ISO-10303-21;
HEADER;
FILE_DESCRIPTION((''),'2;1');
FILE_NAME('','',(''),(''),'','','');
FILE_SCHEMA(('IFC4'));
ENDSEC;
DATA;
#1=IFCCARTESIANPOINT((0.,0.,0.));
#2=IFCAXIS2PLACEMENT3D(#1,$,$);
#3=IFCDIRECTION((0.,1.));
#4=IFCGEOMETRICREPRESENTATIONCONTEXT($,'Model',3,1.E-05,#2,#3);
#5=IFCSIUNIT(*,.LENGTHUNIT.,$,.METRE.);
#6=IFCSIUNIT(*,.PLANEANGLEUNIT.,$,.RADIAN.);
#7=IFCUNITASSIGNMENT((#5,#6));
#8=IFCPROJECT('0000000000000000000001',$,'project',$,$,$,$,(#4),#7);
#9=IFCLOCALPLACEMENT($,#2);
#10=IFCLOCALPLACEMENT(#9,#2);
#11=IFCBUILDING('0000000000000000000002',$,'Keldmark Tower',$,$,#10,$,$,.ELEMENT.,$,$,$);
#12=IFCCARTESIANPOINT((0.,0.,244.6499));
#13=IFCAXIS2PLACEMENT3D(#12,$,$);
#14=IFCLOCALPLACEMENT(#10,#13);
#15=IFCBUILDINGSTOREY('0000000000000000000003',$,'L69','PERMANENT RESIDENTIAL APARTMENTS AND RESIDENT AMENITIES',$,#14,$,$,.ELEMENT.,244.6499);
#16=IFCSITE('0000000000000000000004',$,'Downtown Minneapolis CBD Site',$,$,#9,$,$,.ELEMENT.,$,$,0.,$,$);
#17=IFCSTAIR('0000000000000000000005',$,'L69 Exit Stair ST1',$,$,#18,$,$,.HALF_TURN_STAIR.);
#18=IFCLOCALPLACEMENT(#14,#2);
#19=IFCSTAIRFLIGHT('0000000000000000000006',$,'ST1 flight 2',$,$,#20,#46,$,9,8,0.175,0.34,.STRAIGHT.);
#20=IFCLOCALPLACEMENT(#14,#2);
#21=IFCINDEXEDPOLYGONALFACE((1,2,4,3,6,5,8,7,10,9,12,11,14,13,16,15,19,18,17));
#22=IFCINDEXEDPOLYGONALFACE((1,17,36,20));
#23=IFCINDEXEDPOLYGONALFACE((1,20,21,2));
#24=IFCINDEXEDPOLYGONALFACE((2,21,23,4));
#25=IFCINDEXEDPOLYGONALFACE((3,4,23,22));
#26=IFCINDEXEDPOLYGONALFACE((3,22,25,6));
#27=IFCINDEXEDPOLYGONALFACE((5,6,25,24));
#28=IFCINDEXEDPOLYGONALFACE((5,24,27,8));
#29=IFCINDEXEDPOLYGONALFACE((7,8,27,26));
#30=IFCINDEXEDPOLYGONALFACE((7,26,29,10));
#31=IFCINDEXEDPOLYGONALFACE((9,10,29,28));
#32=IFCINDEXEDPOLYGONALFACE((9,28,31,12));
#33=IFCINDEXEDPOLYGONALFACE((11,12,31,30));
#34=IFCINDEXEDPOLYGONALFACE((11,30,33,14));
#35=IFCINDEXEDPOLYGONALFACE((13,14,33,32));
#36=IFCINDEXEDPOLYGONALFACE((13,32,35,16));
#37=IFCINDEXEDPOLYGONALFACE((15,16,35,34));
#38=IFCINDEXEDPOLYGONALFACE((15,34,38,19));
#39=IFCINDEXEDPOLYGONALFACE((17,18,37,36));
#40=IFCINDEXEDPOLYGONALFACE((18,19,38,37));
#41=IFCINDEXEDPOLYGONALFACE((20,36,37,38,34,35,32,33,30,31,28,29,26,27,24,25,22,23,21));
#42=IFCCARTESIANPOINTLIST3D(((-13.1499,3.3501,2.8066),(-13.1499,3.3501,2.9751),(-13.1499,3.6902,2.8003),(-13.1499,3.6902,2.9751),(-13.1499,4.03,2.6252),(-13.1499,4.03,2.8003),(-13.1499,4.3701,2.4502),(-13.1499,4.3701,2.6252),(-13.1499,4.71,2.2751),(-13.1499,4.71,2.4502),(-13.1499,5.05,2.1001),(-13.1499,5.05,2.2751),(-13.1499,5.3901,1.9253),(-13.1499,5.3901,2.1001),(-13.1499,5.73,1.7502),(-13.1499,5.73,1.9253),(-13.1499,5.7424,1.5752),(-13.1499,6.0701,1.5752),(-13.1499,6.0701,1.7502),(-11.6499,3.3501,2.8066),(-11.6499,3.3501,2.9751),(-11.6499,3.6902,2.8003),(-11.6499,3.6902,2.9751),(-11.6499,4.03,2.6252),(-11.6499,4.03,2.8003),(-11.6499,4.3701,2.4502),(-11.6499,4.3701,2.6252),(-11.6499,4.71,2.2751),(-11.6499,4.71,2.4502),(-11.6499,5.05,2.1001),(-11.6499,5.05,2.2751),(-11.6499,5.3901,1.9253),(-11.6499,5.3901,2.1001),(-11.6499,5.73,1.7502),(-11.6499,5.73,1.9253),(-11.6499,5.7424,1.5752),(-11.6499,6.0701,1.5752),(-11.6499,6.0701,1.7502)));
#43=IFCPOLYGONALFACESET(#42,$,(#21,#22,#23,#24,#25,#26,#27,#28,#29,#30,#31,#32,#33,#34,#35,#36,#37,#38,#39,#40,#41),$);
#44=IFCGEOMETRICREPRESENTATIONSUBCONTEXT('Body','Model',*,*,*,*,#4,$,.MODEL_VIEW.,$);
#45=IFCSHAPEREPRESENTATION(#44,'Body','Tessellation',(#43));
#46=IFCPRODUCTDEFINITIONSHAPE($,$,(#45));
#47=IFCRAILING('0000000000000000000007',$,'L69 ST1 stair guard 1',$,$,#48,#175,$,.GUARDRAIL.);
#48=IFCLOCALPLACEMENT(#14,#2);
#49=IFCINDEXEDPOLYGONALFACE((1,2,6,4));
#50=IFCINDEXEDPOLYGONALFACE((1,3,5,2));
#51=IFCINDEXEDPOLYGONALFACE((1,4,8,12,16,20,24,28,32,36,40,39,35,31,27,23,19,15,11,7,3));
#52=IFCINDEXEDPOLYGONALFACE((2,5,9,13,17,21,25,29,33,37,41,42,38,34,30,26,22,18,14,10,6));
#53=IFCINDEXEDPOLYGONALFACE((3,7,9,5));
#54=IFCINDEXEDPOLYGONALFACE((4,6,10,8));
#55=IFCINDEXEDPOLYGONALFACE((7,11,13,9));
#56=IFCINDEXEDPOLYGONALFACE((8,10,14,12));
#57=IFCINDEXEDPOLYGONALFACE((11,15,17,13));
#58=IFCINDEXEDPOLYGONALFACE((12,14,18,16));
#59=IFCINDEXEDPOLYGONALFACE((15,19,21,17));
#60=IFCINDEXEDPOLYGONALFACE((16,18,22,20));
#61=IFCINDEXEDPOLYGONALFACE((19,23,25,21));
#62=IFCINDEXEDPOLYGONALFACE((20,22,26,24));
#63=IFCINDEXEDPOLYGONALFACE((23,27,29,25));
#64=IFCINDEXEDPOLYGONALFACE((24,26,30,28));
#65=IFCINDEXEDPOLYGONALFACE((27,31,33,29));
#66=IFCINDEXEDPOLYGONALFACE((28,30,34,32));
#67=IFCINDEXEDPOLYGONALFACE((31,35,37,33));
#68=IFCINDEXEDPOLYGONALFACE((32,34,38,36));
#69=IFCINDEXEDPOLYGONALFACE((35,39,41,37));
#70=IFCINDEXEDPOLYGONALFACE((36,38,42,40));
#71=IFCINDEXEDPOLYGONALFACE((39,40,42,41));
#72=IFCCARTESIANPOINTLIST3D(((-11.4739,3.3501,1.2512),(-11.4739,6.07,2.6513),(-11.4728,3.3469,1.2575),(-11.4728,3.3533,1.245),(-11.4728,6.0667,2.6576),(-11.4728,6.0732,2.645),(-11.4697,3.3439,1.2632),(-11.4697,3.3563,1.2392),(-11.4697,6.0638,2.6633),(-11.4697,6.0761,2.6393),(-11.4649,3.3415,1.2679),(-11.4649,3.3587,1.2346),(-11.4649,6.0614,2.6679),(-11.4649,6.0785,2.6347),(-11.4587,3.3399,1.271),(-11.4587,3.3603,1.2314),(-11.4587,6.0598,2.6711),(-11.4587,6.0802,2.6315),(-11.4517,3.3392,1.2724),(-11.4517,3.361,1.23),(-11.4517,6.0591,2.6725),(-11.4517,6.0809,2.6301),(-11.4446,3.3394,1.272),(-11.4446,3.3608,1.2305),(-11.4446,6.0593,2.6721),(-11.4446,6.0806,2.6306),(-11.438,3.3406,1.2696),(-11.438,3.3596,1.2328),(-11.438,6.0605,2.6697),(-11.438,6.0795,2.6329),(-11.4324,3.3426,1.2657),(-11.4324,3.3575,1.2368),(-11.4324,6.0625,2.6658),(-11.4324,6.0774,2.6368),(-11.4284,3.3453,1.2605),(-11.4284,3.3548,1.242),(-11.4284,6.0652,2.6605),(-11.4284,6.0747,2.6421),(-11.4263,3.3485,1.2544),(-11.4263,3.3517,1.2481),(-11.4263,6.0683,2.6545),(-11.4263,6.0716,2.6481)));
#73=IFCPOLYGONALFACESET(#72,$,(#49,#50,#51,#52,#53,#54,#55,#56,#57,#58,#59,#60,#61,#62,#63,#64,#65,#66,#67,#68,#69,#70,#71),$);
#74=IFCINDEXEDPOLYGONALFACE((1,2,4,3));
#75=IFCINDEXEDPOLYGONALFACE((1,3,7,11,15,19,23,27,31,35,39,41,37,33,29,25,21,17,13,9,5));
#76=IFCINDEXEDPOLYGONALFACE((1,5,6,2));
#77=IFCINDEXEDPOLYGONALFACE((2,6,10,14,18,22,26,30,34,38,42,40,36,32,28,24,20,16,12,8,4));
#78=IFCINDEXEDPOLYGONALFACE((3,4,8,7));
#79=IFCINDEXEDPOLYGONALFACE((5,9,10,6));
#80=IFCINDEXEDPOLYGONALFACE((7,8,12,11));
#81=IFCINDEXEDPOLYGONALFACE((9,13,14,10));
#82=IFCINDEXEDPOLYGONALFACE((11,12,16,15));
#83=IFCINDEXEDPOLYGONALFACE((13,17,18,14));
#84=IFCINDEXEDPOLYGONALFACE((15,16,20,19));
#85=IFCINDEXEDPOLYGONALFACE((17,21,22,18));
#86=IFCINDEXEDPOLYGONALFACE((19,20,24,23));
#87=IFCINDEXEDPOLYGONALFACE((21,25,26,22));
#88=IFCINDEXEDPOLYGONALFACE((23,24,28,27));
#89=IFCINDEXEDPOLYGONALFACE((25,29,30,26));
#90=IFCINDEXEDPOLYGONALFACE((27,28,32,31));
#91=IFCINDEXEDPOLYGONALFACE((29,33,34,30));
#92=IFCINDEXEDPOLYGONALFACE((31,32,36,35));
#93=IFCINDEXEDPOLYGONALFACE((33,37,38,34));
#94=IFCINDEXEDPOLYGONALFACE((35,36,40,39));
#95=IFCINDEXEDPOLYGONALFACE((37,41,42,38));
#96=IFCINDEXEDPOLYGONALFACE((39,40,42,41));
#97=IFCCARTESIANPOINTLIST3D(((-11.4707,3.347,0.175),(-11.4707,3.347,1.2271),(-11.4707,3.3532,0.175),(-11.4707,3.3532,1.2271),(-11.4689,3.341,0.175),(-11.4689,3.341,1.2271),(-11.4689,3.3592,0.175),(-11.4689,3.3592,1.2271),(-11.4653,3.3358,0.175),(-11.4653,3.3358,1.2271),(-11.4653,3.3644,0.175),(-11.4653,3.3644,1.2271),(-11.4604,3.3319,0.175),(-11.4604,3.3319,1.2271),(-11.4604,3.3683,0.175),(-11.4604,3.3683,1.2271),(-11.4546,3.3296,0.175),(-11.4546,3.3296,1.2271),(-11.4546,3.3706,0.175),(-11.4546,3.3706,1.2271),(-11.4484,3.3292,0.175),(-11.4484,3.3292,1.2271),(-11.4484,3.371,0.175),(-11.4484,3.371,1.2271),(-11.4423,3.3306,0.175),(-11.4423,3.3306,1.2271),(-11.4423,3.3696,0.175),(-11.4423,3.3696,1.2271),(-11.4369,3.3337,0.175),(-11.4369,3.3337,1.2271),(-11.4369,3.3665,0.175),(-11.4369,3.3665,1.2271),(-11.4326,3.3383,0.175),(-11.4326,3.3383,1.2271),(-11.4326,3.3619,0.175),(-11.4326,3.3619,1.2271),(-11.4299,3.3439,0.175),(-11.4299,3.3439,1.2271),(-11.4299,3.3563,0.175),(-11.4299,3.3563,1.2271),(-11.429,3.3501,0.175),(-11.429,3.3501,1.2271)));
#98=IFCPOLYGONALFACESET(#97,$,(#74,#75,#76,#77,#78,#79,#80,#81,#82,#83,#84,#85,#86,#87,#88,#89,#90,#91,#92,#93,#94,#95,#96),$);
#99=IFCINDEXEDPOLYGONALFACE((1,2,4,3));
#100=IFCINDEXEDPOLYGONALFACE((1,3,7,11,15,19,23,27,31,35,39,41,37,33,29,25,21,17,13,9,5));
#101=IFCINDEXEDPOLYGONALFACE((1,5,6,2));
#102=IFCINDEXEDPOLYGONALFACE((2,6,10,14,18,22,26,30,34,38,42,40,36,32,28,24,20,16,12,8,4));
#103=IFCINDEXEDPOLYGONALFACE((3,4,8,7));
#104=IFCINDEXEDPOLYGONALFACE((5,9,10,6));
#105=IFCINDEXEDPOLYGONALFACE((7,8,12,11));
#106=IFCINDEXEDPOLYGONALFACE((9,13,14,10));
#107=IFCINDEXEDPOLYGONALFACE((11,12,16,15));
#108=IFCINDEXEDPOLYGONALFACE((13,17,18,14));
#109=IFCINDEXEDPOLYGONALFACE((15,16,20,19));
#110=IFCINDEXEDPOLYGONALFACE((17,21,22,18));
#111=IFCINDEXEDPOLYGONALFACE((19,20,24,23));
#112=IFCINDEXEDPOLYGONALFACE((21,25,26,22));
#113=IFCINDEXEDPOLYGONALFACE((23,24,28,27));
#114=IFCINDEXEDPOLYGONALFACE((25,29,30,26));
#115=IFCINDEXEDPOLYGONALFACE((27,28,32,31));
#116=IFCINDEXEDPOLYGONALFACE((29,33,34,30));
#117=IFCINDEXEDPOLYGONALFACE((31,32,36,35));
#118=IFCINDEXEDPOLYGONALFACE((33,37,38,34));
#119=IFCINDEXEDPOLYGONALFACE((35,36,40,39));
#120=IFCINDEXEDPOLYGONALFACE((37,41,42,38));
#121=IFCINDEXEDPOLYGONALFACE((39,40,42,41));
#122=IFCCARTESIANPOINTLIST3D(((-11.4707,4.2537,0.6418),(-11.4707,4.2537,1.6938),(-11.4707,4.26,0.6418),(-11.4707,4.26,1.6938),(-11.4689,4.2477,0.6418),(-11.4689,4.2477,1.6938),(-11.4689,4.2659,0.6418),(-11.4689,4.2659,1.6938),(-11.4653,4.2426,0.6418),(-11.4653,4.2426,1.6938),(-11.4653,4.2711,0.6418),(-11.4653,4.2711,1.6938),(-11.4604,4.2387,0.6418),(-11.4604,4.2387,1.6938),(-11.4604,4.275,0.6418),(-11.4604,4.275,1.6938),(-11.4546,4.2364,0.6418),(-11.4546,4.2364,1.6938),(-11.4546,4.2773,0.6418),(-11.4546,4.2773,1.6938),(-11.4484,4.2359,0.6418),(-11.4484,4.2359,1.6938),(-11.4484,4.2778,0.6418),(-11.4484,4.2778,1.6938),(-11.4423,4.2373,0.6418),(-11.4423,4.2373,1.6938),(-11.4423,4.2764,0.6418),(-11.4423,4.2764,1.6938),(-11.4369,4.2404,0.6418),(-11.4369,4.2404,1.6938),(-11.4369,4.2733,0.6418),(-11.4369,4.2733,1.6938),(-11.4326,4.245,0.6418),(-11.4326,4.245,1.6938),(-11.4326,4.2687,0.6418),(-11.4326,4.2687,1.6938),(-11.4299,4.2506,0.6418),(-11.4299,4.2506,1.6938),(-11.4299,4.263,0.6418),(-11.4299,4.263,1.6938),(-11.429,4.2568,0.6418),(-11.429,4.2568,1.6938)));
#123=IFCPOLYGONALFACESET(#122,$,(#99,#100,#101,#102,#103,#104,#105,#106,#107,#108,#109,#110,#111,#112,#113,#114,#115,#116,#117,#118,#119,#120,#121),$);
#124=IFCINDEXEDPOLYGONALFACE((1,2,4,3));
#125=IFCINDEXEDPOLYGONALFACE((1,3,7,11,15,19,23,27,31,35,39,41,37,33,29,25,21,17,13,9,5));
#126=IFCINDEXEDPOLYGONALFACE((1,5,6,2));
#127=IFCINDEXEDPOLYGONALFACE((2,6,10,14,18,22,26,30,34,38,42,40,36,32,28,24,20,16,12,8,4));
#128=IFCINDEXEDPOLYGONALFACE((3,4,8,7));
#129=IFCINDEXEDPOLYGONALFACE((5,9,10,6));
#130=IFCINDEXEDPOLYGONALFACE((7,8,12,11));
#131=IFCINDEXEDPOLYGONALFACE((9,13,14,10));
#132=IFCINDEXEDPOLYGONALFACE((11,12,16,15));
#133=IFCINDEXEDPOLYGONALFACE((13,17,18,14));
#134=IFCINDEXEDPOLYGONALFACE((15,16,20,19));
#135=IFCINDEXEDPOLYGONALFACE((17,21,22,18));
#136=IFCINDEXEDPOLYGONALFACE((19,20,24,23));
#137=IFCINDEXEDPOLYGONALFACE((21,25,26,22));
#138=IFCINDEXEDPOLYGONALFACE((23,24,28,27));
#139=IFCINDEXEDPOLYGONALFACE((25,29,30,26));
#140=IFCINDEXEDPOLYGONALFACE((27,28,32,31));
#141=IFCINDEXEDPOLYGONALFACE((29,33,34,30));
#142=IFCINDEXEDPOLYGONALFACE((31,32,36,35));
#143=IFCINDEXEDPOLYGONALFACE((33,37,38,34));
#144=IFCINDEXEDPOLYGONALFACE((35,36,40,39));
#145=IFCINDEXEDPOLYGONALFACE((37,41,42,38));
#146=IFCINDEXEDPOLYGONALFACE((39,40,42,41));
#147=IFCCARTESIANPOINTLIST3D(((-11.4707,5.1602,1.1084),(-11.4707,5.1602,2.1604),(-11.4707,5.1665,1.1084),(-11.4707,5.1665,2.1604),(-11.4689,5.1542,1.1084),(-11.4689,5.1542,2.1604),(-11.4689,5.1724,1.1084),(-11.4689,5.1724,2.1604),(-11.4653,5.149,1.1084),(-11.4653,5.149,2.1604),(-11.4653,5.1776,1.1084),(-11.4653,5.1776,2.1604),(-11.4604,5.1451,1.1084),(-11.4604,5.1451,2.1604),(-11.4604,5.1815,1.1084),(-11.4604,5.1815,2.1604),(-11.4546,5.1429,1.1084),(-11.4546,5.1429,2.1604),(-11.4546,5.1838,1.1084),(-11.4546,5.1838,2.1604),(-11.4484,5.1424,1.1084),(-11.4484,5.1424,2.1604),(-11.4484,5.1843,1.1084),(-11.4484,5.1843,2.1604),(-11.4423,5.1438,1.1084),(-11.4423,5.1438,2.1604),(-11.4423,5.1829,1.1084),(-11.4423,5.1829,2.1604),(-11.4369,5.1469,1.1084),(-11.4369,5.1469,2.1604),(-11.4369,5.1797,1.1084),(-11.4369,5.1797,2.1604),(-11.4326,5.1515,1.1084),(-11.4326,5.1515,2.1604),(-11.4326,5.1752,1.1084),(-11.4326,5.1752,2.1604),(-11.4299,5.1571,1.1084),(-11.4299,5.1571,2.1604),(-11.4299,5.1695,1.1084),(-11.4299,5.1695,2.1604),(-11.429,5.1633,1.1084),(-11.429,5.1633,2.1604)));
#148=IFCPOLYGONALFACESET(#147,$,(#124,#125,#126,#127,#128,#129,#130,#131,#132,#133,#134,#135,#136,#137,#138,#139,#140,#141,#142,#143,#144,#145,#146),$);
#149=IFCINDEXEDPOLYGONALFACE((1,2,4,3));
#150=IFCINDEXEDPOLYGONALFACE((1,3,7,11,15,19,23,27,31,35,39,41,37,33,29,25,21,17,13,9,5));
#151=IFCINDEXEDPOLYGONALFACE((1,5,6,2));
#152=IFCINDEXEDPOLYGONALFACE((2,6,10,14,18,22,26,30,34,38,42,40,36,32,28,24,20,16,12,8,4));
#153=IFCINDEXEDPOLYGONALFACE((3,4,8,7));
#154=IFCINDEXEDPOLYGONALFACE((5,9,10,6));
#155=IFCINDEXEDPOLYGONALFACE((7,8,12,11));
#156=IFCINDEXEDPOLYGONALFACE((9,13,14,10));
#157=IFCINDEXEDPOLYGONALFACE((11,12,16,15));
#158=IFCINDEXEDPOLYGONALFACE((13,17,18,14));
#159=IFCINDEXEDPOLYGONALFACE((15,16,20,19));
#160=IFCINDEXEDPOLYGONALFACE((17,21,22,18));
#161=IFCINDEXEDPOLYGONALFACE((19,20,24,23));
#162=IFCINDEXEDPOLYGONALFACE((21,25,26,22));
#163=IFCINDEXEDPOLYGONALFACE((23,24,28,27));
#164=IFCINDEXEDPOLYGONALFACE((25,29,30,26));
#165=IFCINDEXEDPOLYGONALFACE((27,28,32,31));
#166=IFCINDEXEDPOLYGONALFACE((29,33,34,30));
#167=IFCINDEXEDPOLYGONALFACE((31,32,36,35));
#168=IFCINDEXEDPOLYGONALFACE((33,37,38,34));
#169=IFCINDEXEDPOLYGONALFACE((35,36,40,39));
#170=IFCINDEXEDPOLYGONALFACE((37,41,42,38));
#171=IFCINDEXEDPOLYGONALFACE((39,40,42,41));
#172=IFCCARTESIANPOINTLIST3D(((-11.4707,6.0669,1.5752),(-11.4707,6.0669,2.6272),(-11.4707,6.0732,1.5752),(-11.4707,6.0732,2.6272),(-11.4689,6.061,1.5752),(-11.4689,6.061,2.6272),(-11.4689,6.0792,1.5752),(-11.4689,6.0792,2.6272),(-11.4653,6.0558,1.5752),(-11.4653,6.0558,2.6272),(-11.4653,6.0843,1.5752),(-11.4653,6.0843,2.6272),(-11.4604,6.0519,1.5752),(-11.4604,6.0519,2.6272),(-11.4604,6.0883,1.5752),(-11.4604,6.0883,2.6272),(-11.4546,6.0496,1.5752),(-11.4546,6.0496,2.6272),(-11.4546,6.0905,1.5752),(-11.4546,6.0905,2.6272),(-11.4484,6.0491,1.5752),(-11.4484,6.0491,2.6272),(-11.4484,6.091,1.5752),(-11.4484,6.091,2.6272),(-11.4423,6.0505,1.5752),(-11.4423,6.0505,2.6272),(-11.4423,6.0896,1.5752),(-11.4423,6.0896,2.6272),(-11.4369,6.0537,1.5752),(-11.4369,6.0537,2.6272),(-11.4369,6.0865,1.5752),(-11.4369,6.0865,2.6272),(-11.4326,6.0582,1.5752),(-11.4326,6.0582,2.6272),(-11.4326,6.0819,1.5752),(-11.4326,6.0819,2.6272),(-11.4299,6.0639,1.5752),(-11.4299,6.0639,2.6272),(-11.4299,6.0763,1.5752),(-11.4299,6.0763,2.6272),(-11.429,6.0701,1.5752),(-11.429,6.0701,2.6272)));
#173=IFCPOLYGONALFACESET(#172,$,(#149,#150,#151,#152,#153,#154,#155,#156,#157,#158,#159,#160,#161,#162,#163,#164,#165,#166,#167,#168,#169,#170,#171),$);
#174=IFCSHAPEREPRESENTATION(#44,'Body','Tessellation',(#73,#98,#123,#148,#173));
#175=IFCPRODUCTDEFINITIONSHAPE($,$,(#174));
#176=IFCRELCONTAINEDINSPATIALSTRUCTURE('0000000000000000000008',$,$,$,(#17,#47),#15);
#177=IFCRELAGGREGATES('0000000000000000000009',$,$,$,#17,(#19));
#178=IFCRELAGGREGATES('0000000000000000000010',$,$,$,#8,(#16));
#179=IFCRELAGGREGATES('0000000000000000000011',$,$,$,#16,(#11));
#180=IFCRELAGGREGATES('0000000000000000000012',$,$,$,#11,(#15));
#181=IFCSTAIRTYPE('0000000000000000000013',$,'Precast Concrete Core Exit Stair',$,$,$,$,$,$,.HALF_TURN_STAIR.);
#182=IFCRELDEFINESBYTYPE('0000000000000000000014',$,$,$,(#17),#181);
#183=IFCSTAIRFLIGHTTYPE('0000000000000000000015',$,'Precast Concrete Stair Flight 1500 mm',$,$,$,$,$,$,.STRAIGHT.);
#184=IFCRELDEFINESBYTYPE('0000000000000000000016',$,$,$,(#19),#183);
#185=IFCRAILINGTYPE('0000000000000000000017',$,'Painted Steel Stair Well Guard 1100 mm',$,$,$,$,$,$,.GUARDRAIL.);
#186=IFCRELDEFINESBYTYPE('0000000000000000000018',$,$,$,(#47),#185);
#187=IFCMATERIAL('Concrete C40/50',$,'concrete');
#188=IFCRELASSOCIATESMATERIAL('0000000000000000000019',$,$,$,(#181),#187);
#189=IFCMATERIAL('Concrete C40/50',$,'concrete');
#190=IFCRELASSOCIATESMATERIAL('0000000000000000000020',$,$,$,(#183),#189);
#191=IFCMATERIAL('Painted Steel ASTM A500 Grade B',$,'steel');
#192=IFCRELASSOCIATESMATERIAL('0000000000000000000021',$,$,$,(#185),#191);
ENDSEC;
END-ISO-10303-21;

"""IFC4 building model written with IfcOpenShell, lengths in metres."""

from ifc_helpers import new_model, si_unit, direction, frame, origin, origin_2d, place, context, subcontext, project, spatial, polyline, circle, outline, extrude, material, type_object, element, aggregate, save


model = new_model("IFC4")

# Units and contexts
model_context = context("Model", 3, precision=1e-05, world=origin(), true_north=direction((0.0, 1.0)))
body_context = subcontext(model_context, "Body", "Model", "MODEL_VIEW")
ifc_project = project(units=[si_unit("LENGTHUNIT", "METRE"), si_unit("PLANEANGLEUNIT", "RADIAN")], contexts=[model_context])

# Site, building, storey
site_placement = place(None, origin())
site = spatial("IfcSite", under=ifc_project, at=site_placement, Name="Downtown Minneapolis CBD Site", CompositionType="ELEMENT", RefElevation=0.0)
building_placement = place(site_placement, origin())
building = spatial("IfcBuilding", under=site, at=building_placement, Name="Keldmark Tower", CompositionType="ELEMENT")
storey_placement = place(building_placement, frame((0.0, 0.0, 244.6499)))
storey = spatial("IfcBuildingStorey", under=building, at=storey_placement, Name="L69", Description="PERMANENT RESIDENTIAL APARTMENTS AND RESIDENT AMENITIES", CompositionType="ELEMENT", Elevation=244.6499)

# Stair, stair flight
ifc_material_1 = material(Name="Concrete C40/50", Category="concrete")
stair_type = type_object("IfcStairType", Name="Precast Concrete Core Exit Stair", PredefinedType="HALF_TURN_STAIR", material=ifc_material_1)
stair_placement = place(storey_placement, origin())
stair = element("IfcStair", 1, at=stair_placement, inside=storey, type_object=stair_type, Name="L69 Exit Stair ST1", PredefinedType="HALF_TURN_STAIR")
ifc_material_2 = material(Name="Concrete C40/50", Category="concrete")
stair_flight_type = type_object("IfcStairFlightType", Name="Precast Concrete Stair Flight 1500 mm", PredefinedType="STRAIGHT", material=ifc_material_2)
stair_flight_1_placement = place(storey_placement, frame((-12.3999, 6.0701, 1.5752), z_axis=(0.0, 0.0, 1.0), x_axis=(0.0, -1.0, 0.0)))
stair_flight_1 = element("IfcStairFlight", 2, at=stair_flight_1_placement, type_object=stair_flight_type, Name="ST1 flight 2", NumberOfRisers=9, NumberOfTreads=8, PredefinedType="STRAIGHT", RiserHeight=0.175, TreadLength=0.34, context=body_context, shape_type="SweptSolid", body=[
    extrude(outline(polyline([(0.0, 0.0), (0.0, 0.175), (0.3401, 0.175), (0.3401, 0.3501), (0.6799, 0.3501), (0.6799, 0.5249), (1.02, 0.5249), (1.02, 0.7), (1.3601, 0.7), (1.3601, 0.875), (1.7, 0.875), (1.7, 1.05), (2.04, 1.05), (2.04, 1.2251), (2.3799, 1.2251), (2.3799, 1.3999), (2.72, 1.3999), (2.72, 1.575), (2.72, 1.2314), (0.3276, 0.0), (0.0, 0.0)])), frame((0.0, 0.75, 0.0), z_axis=(0.0, -1.0, 0.0), x_axis=(1.0, 0.0, 0.0)), (0.0, 0.0, 1.0), 1.5),
])
aggregate(stair, [stair_flight_1])

# Railing
ifc_material_3 = material(Name="Painted Steel ASTM A500 Grade B", Category="steel")
railing_type_1 = type_object("IfcRailingType", Name="Painted Steel Stair Well Guard 1100 mm", PredefinedType="GUARDRAIL", material=ifc_material_3)
railing_1_placement = place(storey_placement, frame((-11.45, 3.3501, 0.175)))
element("IfcRailing", 3, at=railing_1_placement, inside=storey, type_object=railing_type_1, Name="L69 ST1 stair guard 1", PredefinedType="GUARDRAIL", context=body_context, shape_type="SweptSolid", body=[
    extrude(circle(Radius=0.0239, at=origin_2d()), frame((0.0, 0.0, 1.0762), z_axis=(0.0, 0.889114, 0.457685), x_axis=(-1.0, 0.0, 0.0)), (0.0, 0.0, 1.0), 3.0591),
    extrude(circle(Radius=0.021, at=origin_2d()), origin(), (0.0, 0.0, 1.0), 1.052),
    extrude(circle(Radius=0.021, at=origin_2d()), frame((0.0, 0.9067, 0.4668)), (0.0, 0.0, 1.0), 1.052),
    extrude(circle(Radius=0.021, at=origin_2d()), frame((0.0, 1.8132, 0.9333)), (0.0, 0.0, 1.0), 1.052),
    extrude(circle(Radius=0.021, at=origin_2d()), frame((0.0, 2.72, 1.4001)), (0.0, 0.0, 1.0), 1.052),
])

save(model, "model.ifc")
